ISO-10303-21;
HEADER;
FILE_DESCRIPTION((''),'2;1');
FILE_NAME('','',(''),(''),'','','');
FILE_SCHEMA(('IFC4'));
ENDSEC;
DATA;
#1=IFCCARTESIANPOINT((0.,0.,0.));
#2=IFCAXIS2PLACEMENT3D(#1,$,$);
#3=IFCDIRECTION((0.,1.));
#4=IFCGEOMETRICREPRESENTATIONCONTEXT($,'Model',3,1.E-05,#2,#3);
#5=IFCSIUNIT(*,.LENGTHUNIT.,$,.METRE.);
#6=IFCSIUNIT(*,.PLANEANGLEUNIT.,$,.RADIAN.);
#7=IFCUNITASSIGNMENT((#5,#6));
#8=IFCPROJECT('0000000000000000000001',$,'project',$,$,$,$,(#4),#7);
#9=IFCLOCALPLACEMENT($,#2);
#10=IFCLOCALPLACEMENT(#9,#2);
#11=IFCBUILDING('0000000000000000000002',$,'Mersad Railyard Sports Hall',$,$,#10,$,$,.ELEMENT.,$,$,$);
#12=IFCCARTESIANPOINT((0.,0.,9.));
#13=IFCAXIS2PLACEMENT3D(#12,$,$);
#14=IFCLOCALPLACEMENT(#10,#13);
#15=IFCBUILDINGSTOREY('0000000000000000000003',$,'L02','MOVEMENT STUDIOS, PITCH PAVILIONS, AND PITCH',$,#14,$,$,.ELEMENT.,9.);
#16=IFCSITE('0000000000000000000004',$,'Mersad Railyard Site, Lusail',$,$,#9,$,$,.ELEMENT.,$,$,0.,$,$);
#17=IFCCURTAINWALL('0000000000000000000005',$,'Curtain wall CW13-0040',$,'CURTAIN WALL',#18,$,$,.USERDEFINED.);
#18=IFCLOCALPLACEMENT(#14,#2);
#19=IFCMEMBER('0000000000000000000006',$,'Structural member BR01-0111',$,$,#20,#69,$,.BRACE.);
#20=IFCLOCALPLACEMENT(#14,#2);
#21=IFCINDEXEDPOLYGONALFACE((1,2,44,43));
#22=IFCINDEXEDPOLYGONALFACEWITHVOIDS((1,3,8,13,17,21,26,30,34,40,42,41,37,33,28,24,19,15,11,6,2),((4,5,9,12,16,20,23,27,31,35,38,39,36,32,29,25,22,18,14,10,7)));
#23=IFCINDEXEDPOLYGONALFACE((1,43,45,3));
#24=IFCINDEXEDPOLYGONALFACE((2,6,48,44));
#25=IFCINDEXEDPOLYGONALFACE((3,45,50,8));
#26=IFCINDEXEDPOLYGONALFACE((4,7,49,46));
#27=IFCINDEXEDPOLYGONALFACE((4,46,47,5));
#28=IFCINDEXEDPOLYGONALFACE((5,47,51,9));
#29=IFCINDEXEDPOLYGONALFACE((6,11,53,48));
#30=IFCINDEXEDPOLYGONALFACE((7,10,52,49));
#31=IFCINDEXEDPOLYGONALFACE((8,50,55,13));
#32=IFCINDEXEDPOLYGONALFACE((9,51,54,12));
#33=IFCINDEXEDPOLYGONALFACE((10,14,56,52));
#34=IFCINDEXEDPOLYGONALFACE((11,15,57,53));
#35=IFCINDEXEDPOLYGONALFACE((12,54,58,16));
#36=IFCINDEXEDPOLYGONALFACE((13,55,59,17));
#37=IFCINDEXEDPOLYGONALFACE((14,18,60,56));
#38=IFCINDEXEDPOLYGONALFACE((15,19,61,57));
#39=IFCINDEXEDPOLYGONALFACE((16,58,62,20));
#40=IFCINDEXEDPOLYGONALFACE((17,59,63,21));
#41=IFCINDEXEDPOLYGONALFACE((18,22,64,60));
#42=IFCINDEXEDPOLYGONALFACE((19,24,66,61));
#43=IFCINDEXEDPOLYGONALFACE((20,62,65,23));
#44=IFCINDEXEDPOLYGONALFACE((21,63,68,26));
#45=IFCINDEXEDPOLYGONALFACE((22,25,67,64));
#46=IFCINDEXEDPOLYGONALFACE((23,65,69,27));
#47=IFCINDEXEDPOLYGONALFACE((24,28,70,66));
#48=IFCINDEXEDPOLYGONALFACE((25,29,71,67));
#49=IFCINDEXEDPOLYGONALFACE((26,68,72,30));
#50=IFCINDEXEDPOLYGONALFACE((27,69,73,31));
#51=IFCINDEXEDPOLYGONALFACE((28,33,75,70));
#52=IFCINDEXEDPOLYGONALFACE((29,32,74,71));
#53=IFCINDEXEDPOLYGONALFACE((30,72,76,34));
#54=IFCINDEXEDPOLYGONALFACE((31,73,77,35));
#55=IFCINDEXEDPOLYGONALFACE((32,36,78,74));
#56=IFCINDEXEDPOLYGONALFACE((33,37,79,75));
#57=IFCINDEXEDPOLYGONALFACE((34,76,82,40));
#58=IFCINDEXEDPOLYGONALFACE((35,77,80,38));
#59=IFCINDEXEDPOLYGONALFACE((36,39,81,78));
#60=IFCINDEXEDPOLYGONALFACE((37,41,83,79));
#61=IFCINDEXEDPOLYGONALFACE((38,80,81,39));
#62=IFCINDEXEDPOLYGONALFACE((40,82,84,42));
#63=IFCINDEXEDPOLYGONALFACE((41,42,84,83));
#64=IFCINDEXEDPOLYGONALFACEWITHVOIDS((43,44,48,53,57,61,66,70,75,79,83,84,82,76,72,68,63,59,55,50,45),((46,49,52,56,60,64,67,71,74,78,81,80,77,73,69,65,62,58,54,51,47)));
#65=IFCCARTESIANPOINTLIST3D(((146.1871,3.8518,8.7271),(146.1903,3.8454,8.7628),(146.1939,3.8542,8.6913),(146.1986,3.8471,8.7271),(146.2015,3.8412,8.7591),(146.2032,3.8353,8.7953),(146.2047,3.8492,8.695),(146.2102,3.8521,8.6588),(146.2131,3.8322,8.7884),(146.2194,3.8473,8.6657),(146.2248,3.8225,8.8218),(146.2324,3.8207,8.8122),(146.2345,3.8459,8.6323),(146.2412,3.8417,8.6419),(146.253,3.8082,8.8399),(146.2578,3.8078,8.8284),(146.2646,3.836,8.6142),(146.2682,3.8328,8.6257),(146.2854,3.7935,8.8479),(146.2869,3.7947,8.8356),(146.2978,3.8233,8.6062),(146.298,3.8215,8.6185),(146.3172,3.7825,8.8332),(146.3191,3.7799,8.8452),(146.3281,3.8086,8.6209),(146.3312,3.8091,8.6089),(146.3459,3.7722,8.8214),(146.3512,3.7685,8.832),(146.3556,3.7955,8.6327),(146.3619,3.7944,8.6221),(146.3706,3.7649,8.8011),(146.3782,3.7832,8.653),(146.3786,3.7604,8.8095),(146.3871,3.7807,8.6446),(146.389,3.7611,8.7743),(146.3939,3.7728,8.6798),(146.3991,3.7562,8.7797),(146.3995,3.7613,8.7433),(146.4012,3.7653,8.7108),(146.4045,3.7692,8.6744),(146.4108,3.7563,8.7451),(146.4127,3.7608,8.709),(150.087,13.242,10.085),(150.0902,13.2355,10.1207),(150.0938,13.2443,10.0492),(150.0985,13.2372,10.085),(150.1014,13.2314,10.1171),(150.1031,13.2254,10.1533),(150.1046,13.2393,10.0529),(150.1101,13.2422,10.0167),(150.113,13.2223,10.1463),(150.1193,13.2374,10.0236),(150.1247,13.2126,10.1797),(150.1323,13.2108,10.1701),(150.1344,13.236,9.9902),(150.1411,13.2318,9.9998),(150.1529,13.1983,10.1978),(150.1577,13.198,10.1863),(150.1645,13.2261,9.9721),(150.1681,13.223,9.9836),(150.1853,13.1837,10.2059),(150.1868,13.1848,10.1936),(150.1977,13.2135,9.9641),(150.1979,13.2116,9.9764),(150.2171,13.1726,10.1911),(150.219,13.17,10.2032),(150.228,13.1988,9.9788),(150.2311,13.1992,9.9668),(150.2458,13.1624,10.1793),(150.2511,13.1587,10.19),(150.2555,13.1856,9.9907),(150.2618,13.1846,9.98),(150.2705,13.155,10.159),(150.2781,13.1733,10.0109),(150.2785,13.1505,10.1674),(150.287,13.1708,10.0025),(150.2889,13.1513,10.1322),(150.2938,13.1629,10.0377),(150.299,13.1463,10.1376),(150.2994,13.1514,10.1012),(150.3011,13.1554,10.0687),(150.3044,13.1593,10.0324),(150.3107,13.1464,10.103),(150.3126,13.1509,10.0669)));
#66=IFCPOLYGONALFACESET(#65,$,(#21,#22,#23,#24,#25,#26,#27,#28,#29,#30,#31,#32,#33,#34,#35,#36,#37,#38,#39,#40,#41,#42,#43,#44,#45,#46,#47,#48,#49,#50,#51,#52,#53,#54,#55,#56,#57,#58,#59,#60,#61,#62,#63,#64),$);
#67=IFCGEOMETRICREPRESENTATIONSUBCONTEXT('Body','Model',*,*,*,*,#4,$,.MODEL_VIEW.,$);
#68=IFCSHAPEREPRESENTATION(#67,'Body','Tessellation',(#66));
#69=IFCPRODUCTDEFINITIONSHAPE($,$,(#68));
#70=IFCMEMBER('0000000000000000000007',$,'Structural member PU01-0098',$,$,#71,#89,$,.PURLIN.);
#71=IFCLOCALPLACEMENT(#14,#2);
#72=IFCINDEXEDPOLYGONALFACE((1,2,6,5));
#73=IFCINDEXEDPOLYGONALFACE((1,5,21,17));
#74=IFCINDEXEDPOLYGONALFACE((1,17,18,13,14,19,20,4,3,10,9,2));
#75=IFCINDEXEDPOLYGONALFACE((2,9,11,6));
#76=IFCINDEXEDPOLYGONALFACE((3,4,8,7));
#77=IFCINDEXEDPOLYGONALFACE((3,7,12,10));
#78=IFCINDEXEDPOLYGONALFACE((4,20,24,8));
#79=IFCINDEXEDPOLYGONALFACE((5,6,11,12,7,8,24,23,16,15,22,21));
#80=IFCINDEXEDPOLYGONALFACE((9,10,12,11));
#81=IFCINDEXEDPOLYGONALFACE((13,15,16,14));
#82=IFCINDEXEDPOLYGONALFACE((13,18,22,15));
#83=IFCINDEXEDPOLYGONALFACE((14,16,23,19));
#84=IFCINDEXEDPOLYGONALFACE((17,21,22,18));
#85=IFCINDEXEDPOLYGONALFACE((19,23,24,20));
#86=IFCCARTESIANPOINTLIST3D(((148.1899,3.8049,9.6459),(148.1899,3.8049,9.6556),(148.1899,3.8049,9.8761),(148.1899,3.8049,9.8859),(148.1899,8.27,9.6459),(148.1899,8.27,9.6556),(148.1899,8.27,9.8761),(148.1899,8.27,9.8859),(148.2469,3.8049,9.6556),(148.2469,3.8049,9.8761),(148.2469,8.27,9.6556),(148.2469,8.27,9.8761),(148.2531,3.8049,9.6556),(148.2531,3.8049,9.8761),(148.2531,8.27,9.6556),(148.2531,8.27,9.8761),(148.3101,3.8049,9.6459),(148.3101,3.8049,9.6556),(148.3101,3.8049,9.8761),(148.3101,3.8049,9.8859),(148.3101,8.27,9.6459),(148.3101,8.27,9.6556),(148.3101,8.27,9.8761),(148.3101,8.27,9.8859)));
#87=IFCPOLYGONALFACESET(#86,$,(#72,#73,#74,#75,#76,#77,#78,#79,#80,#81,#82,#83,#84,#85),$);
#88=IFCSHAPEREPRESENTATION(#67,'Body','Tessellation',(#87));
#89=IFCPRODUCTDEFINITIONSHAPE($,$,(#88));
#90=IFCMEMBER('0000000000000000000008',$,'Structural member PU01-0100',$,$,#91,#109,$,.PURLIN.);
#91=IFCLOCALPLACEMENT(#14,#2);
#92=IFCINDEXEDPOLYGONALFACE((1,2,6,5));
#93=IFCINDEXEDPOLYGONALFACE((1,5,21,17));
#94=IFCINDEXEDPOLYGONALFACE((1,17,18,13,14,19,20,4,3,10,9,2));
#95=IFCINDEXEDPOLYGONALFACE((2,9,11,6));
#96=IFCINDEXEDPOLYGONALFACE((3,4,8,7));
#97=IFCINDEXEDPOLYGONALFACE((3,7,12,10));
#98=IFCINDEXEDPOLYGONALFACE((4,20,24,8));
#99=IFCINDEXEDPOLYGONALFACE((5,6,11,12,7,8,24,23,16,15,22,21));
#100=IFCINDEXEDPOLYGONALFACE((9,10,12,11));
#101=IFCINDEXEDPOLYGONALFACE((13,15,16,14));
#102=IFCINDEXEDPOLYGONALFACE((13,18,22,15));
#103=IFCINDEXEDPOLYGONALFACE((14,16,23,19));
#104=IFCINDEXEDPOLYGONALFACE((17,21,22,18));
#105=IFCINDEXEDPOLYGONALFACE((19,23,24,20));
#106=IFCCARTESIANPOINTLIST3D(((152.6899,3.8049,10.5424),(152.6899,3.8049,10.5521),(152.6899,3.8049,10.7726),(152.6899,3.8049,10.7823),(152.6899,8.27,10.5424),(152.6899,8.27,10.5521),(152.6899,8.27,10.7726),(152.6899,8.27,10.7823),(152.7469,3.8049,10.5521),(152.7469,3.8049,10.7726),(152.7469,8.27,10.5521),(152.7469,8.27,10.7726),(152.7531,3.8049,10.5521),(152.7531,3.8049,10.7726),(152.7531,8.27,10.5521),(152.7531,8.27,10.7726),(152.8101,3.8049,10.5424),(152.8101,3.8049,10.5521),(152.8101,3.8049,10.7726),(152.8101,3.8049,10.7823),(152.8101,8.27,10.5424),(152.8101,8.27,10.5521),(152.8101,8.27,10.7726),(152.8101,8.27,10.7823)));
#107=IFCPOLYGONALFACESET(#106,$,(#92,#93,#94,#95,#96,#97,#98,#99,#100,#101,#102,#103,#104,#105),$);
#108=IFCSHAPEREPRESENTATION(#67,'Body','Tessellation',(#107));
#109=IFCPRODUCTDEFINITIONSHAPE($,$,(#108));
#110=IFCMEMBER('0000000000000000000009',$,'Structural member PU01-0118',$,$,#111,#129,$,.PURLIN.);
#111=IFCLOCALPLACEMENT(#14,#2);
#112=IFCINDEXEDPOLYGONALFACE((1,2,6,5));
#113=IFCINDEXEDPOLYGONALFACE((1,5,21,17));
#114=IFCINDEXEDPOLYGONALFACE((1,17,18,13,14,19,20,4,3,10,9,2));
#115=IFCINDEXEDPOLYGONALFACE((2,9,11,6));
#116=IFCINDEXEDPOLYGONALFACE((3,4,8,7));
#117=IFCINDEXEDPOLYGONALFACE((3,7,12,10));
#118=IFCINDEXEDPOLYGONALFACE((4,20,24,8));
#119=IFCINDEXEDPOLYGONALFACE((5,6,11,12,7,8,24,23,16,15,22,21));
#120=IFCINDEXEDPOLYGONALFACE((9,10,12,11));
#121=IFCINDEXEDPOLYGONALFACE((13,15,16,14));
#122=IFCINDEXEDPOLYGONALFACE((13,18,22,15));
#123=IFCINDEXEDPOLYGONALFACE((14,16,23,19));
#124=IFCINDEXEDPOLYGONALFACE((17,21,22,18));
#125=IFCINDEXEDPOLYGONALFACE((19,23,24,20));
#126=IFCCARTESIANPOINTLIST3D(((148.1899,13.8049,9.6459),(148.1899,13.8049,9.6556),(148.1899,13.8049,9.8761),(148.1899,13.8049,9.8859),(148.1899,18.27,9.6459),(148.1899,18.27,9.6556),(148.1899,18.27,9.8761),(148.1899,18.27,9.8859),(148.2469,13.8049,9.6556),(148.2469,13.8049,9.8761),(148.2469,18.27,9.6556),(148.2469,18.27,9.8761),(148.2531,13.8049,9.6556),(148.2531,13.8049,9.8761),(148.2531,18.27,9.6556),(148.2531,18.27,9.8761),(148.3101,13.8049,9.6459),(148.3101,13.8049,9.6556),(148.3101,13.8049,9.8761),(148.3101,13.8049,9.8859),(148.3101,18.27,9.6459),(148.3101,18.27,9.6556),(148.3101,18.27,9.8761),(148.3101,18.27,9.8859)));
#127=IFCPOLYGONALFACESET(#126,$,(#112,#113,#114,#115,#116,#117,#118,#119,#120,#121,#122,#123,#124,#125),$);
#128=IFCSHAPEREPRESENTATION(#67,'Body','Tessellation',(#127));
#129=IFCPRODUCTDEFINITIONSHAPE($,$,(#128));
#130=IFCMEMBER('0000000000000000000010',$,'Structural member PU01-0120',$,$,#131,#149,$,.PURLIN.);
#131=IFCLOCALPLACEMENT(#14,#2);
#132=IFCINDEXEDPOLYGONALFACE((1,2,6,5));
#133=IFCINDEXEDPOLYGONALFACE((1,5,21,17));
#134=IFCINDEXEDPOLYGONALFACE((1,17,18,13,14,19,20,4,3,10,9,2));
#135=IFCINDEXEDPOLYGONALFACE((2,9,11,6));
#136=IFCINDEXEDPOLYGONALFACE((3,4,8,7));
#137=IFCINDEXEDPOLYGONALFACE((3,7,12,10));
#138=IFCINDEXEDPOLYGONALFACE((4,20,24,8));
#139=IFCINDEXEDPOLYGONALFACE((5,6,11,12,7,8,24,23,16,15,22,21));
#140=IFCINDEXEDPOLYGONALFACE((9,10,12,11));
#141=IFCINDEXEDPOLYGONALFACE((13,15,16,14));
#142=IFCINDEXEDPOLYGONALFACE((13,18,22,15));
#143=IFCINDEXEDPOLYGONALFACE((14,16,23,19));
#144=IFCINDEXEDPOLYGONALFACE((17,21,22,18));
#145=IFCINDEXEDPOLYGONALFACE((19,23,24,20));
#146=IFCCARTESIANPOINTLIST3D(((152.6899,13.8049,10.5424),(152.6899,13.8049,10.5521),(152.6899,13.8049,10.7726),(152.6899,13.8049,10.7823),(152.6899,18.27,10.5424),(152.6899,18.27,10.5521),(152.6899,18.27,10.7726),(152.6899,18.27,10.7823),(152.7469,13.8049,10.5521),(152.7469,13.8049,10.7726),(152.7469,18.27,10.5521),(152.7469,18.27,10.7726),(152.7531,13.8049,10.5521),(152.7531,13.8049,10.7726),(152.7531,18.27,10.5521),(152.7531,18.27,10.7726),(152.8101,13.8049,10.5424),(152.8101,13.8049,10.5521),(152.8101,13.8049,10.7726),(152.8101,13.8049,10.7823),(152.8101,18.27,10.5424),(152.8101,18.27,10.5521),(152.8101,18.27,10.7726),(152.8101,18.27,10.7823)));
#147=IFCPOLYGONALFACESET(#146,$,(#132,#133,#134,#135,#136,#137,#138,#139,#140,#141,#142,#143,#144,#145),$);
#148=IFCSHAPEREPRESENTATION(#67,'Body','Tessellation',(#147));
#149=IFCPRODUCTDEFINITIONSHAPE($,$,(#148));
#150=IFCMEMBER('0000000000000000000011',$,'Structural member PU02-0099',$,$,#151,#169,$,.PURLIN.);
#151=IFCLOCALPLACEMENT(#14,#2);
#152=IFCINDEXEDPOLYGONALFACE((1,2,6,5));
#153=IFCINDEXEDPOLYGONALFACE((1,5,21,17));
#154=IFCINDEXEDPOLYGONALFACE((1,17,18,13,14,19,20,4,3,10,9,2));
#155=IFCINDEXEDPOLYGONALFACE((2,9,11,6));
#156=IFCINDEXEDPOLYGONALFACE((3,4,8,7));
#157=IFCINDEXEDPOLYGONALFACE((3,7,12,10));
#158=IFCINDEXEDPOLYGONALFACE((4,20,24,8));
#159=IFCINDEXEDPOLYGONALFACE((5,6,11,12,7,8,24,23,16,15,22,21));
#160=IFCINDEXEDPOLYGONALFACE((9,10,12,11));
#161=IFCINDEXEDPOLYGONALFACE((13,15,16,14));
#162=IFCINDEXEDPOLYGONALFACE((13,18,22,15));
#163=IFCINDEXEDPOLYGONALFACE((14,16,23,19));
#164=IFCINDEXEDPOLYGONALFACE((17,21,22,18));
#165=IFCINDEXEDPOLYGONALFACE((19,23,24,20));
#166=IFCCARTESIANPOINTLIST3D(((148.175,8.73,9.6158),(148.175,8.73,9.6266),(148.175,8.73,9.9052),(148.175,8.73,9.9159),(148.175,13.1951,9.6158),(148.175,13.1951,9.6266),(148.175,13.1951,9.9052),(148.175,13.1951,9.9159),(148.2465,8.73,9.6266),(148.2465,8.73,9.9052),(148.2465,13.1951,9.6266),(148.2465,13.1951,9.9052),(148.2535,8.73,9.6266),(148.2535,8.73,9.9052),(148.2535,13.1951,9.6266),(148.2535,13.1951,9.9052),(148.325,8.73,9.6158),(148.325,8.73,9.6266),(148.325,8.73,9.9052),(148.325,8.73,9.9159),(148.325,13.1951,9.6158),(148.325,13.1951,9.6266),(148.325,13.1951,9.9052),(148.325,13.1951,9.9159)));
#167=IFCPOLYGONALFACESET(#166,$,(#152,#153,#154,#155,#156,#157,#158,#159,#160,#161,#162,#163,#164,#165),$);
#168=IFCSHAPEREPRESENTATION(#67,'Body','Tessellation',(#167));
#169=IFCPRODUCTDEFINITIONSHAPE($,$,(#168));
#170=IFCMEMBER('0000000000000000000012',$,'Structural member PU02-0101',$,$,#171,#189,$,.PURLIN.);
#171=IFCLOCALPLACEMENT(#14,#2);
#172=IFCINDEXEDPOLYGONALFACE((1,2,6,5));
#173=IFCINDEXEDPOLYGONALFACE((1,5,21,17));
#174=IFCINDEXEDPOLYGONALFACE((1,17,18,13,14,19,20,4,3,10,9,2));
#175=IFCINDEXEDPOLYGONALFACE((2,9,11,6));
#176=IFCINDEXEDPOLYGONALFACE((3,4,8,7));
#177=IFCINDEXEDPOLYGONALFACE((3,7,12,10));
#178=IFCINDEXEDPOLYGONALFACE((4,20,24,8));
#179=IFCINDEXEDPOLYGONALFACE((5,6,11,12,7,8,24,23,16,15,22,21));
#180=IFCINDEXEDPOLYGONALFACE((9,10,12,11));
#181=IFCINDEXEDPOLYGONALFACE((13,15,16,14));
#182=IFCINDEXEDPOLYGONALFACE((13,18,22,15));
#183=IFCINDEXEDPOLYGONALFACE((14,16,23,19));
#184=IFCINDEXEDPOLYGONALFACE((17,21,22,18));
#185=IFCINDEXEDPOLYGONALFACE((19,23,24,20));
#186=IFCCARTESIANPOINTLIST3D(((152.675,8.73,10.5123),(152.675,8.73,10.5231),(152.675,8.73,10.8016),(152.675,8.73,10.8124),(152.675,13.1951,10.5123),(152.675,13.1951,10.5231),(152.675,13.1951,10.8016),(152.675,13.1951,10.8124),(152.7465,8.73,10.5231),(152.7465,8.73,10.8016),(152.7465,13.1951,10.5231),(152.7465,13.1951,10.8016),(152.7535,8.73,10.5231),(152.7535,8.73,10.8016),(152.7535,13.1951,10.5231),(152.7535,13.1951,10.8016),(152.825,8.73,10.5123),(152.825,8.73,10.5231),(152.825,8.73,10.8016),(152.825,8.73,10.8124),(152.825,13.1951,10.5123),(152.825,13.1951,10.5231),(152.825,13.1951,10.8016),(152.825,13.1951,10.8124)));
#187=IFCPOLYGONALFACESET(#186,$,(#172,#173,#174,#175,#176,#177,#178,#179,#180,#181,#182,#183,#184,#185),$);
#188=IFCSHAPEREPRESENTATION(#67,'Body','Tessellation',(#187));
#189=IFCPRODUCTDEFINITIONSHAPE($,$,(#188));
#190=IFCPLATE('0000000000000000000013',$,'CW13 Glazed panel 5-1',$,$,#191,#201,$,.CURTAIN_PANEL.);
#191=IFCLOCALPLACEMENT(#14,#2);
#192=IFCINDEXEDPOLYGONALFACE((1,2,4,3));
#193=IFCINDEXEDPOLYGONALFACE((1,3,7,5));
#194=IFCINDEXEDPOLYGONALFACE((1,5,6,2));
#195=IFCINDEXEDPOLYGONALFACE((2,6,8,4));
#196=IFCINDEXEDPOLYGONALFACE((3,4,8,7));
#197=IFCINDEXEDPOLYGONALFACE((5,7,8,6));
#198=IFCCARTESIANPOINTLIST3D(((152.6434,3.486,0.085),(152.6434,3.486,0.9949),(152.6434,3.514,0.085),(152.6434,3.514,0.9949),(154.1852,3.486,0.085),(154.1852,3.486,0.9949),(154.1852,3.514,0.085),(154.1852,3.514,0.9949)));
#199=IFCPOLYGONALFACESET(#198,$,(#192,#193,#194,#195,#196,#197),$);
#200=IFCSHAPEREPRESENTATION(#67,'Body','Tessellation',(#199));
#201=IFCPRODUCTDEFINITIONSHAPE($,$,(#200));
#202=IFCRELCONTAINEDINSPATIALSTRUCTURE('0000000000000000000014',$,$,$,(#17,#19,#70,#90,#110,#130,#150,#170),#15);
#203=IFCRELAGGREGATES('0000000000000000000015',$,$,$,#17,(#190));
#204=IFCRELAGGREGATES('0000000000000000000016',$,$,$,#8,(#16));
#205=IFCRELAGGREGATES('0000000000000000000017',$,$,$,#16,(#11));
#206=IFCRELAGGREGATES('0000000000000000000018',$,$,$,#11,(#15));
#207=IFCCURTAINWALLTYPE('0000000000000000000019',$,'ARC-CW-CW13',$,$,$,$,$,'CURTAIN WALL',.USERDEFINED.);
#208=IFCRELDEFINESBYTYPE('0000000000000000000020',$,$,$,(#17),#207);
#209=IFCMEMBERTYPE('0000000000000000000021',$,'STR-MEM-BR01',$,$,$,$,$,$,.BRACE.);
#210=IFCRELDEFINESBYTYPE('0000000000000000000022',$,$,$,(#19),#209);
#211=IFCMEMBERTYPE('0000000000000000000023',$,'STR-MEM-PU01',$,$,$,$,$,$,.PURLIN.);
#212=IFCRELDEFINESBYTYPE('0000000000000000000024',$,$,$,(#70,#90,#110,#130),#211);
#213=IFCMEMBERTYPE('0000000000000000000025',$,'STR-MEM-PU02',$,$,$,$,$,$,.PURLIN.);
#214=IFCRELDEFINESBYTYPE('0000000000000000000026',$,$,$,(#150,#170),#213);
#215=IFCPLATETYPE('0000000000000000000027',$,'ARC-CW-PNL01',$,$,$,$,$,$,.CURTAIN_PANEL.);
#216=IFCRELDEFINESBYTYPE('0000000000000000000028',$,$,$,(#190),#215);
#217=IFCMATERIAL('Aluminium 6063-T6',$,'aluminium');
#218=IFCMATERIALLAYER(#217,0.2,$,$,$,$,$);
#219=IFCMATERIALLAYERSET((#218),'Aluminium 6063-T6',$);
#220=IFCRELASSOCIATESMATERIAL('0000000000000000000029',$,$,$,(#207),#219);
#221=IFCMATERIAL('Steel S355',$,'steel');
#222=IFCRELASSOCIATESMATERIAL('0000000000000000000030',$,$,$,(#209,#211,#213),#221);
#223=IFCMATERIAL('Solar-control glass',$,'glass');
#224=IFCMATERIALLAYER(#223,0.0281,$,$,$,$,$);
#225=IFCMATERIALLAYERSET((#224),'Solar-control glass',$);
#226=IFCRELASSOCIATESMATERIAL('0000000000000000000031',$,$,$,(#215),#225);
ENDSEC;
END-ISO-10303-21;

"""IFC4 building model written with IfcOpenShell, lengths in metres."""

from ifc_helpers import new_model, si_unit, direction, frame, origin, origin_2d, place, context, subcontext, project, spatial, rectangle, hollow_circle, i_section, extrude, material, layer, layer_set, material_profile, profile_set, type_object, element, aggregate, save


model = new_model("IFC4")

# Units and contexts
model_context = context("Model", 3, precision=1e-05, world=origin(), true_north=direction((0.0, 1.0)))
body_context = subcontext(model_context, "Body", "Model", "MODEL_VIEW")
ifc_project = project(units=[si_unit("LENGTHUNIT", "METRE"), si_unit("PLANEANGLEUNIT", "RADIAN")], contexts=[model_context])

# Site, building, storey
site_placement = place(None, origin())
site = spatial("IfcSite", under=ifc_project, at=site_placement, Name="Mersad Railyard Site, Lusail", CompositionType="ELEMENT", RefElevation=0.0)
building_placement = place(site_placement, origin())
building = spatial("IfcBuilding", under=site, at=building_placement, Name="Mersad Railyard Sports Hall", CompositionType="ELEMENT")
storey_placement = place(building_placement, frame((0.0, 0.0, 9.0)))
storey = spatial("IfcBuildingStorey", under=building, at=storey_placement, Name="L02", Description="MOVEMENT STUDIOS, PITCH PAVILIONS, AND PITCH", CompositionType="ELEMENT", Elevation=9.0)

# Curtain wall
ifc_material_1 = material(Name="Aluminium 6063-T6", Category="aluminium")
ifc_layer_1 = layer(ifc_material_1, 0.2)
ifc_layer_set_1 = layer_set([ifc_layer_1], Name="Aluminium 6063-T6")
curtain_wall_type = type_object("IfcCurtainWallType", Name="ARC-CW-CW13", ElementType="CURTAIN WALL", PredefinedType="USERDEFINED", material=ifc_layer_set_1)
curtain_wall_placement = place(storey_placement, origin())
curtain_wall = element("IfcCurtainWall", 1, at=curtain_wall_placement, inside=storey, type_object=curtain_wall_type, Name="Curtain wall CW13-0040", ObjectType="CURTAIN WALL", PredefinedType="USERDEFINED")

# Members
ifc_material_2 = material(Name="Steel S355", Category="steel")
ifc_material_profile_1 = material_profile(ifc_material_2, hollow_circle(Radius=0.1223, WallThickness=0.0125, at=origin_2d()), Name="CHS 244.5x12.5")
ifc_profile_set_1 = profile_set([ifc_material_profile_1], Name="Steel S355")
member_type_1 = type_object("IfcMemberType", Name="STR-MEM-BR01", PredefinedType="BRACE", material=ifc_profile_set_1)
member_1_placement = place(storey_placement, frame((146.3, 3.8049, 8.7271), z_axis=(0.380179, 0.915391, 0.132375), x_axis=(-0.923518, 0.383555, 0.0)))
element("IfcMember", 2, at=member_1_placement, inside=storey, type_object=member_type_1, Name="Structural member BR01-0111", PredefinedType="BRACE", context=body_context, shape_type="SweptSolid", body=[
    extrude(hollow_circle(Radius=0.1223, WallThickness=0.0125, at=origin_2d()), origin(), (0.0, 0.0, 1.0), 10.2581),
])
ifc_material_profile_2 = material_profile(ifc_material_2, i_section(OverallWidth=0.1201, OverallDepth=0.24, WebThickness=0.0061, FlangeThickness=0.0098, at=origin_2d()), Name="IPE 240")
ifc_profile_set_2 = profile_set([ifc_material_profile_2], Name="Steel S355")
member_type_2 = type_object("IfcMemberType", Name="STR-MEM-PU01", PredefinedType="PURLIN", material=ifc_profile_set_2)
for number, where, z_axis, x_axis, name in (
    (3, (148.25, 3.8049, 9.7659), (0.0, 1.0, 0.0), (-1.0, 0.0, 0.0), "Structural member PU01-0098"),
    (4, (152.75, 3.8049, 10.6624), (0.0, 1.0, 0.0), (-1.0, 0.0, 0.0), "Structural member PU01-0100"),
    (5, (148.25, 13.8049, 9.7659), (0.0, 1.0, 0.0), (-1.0, 0.0, 0.0), "Structural member PU01-0118"),
    (6, (152.75, 13.8049, 10.6624), (0.0, 1.0, 0.0), (-1.0, 0.0, 0.0), "Structural member PU01-0120"),
):
    element("IfcMember", number, at=place(storey_placement, frame(where, z_axis=z_axis, x_axis=x_axis)), inside=storey, type_object=member_type_2, Name=name, PredefinedType="PURLIN", context=body_context, shape_type="SweptSolid", body=[
        extrude(i_section(OverallWidth=0.1201, OverallDepth=0.24, WebThickness=0.0061, FlangeThickness=0.0098, at=origin_2d()), origin(), (0.0, 0.0, 1.0), 4.4651),
    ])
ifc_material_profile_3 = material_profile(ifc_material_2, i_section(OverallWidth=0.1499, OverallDepth=0.3, WebThickness=0.0071, FlangeThickness=0.0107, at=origin_2d()), Name="IPE 300")
ifc_profile_set_3 = profile_set([ifc_material_profile_3], Name="Steel S355")
member_type_3 = type_object("IfcMemberType", Name="STR-MEM-PU02", PredefinedType="PURLIN", material=ifc_profile_set_3)
for number, where, z_axis, x_axis, name in (
    (7, (148.25, 8.73, 9.7659), (0.0, 1.0, 0.0), (-1.0, 0.0, 0.0), "Structural member PU02-0099"),
    (8, (152.75, 8.73, 10.6624), (0.0, 1.0, 0.0), (-1.0, 0.0, 0.0), "Structural member PU02-0101"),
):
    element("IfcMember", number, at=place(storey_placement, frame(where, z_axis=z_axis, x_axis=x_axis)), inside=storey, type_object=member_type_3, Name=name, PredefinedType="PURLIN", context=body_context, shape_type="SweptSolid", body=[
        extrude(i_section(OverallWidth=0.1499, OverallDepth=0.3, WebThickness=0.0071, FlangeThickness=0.0107, at=origin_2d()), origin(), (0.0, 0.0, 1.0), 4.4651),
    ])

# Plate
ifc_material_3 = material(Name="Solar-control glass", Category="glass")
ifc_layer_2 = layer(ifc_material_3, 0.0281)
ifc_layer_set_2 = layer_set([ifc_layer_2], Name="Solar-control glass")
plate_type_1 = type_object("IfcPlateType", Name="ARC-CW-PNL01", PredefinedType="CURTAIN_PANEL", material=ifc_layer_set_2)
plate_1_placement = place(storey_placement, frame((153.4143, 3.5, 0.085), z_axis=(0.0, 0.0, 1.0), x_axis=(-1.0, 0.0, 0.0)))
plate_1 = element("IfcPlate", 9, at=plate_1_placement, type_object=plate_type_1, Name="CW13 Glazed panel 5-1", PredefinedType="CURTAIN_PANEL", context=body_context, shape_type="SweptSolid", body=[
    extrude(rectangle(XDim=1.5417, YDim=0.0281, at=origin_2d()), origin(), (0.0, 0.0, 1.0), 0.9099),
])
aggregate(curtain_wall, [plate_1])

save(model, "model.ifc")
